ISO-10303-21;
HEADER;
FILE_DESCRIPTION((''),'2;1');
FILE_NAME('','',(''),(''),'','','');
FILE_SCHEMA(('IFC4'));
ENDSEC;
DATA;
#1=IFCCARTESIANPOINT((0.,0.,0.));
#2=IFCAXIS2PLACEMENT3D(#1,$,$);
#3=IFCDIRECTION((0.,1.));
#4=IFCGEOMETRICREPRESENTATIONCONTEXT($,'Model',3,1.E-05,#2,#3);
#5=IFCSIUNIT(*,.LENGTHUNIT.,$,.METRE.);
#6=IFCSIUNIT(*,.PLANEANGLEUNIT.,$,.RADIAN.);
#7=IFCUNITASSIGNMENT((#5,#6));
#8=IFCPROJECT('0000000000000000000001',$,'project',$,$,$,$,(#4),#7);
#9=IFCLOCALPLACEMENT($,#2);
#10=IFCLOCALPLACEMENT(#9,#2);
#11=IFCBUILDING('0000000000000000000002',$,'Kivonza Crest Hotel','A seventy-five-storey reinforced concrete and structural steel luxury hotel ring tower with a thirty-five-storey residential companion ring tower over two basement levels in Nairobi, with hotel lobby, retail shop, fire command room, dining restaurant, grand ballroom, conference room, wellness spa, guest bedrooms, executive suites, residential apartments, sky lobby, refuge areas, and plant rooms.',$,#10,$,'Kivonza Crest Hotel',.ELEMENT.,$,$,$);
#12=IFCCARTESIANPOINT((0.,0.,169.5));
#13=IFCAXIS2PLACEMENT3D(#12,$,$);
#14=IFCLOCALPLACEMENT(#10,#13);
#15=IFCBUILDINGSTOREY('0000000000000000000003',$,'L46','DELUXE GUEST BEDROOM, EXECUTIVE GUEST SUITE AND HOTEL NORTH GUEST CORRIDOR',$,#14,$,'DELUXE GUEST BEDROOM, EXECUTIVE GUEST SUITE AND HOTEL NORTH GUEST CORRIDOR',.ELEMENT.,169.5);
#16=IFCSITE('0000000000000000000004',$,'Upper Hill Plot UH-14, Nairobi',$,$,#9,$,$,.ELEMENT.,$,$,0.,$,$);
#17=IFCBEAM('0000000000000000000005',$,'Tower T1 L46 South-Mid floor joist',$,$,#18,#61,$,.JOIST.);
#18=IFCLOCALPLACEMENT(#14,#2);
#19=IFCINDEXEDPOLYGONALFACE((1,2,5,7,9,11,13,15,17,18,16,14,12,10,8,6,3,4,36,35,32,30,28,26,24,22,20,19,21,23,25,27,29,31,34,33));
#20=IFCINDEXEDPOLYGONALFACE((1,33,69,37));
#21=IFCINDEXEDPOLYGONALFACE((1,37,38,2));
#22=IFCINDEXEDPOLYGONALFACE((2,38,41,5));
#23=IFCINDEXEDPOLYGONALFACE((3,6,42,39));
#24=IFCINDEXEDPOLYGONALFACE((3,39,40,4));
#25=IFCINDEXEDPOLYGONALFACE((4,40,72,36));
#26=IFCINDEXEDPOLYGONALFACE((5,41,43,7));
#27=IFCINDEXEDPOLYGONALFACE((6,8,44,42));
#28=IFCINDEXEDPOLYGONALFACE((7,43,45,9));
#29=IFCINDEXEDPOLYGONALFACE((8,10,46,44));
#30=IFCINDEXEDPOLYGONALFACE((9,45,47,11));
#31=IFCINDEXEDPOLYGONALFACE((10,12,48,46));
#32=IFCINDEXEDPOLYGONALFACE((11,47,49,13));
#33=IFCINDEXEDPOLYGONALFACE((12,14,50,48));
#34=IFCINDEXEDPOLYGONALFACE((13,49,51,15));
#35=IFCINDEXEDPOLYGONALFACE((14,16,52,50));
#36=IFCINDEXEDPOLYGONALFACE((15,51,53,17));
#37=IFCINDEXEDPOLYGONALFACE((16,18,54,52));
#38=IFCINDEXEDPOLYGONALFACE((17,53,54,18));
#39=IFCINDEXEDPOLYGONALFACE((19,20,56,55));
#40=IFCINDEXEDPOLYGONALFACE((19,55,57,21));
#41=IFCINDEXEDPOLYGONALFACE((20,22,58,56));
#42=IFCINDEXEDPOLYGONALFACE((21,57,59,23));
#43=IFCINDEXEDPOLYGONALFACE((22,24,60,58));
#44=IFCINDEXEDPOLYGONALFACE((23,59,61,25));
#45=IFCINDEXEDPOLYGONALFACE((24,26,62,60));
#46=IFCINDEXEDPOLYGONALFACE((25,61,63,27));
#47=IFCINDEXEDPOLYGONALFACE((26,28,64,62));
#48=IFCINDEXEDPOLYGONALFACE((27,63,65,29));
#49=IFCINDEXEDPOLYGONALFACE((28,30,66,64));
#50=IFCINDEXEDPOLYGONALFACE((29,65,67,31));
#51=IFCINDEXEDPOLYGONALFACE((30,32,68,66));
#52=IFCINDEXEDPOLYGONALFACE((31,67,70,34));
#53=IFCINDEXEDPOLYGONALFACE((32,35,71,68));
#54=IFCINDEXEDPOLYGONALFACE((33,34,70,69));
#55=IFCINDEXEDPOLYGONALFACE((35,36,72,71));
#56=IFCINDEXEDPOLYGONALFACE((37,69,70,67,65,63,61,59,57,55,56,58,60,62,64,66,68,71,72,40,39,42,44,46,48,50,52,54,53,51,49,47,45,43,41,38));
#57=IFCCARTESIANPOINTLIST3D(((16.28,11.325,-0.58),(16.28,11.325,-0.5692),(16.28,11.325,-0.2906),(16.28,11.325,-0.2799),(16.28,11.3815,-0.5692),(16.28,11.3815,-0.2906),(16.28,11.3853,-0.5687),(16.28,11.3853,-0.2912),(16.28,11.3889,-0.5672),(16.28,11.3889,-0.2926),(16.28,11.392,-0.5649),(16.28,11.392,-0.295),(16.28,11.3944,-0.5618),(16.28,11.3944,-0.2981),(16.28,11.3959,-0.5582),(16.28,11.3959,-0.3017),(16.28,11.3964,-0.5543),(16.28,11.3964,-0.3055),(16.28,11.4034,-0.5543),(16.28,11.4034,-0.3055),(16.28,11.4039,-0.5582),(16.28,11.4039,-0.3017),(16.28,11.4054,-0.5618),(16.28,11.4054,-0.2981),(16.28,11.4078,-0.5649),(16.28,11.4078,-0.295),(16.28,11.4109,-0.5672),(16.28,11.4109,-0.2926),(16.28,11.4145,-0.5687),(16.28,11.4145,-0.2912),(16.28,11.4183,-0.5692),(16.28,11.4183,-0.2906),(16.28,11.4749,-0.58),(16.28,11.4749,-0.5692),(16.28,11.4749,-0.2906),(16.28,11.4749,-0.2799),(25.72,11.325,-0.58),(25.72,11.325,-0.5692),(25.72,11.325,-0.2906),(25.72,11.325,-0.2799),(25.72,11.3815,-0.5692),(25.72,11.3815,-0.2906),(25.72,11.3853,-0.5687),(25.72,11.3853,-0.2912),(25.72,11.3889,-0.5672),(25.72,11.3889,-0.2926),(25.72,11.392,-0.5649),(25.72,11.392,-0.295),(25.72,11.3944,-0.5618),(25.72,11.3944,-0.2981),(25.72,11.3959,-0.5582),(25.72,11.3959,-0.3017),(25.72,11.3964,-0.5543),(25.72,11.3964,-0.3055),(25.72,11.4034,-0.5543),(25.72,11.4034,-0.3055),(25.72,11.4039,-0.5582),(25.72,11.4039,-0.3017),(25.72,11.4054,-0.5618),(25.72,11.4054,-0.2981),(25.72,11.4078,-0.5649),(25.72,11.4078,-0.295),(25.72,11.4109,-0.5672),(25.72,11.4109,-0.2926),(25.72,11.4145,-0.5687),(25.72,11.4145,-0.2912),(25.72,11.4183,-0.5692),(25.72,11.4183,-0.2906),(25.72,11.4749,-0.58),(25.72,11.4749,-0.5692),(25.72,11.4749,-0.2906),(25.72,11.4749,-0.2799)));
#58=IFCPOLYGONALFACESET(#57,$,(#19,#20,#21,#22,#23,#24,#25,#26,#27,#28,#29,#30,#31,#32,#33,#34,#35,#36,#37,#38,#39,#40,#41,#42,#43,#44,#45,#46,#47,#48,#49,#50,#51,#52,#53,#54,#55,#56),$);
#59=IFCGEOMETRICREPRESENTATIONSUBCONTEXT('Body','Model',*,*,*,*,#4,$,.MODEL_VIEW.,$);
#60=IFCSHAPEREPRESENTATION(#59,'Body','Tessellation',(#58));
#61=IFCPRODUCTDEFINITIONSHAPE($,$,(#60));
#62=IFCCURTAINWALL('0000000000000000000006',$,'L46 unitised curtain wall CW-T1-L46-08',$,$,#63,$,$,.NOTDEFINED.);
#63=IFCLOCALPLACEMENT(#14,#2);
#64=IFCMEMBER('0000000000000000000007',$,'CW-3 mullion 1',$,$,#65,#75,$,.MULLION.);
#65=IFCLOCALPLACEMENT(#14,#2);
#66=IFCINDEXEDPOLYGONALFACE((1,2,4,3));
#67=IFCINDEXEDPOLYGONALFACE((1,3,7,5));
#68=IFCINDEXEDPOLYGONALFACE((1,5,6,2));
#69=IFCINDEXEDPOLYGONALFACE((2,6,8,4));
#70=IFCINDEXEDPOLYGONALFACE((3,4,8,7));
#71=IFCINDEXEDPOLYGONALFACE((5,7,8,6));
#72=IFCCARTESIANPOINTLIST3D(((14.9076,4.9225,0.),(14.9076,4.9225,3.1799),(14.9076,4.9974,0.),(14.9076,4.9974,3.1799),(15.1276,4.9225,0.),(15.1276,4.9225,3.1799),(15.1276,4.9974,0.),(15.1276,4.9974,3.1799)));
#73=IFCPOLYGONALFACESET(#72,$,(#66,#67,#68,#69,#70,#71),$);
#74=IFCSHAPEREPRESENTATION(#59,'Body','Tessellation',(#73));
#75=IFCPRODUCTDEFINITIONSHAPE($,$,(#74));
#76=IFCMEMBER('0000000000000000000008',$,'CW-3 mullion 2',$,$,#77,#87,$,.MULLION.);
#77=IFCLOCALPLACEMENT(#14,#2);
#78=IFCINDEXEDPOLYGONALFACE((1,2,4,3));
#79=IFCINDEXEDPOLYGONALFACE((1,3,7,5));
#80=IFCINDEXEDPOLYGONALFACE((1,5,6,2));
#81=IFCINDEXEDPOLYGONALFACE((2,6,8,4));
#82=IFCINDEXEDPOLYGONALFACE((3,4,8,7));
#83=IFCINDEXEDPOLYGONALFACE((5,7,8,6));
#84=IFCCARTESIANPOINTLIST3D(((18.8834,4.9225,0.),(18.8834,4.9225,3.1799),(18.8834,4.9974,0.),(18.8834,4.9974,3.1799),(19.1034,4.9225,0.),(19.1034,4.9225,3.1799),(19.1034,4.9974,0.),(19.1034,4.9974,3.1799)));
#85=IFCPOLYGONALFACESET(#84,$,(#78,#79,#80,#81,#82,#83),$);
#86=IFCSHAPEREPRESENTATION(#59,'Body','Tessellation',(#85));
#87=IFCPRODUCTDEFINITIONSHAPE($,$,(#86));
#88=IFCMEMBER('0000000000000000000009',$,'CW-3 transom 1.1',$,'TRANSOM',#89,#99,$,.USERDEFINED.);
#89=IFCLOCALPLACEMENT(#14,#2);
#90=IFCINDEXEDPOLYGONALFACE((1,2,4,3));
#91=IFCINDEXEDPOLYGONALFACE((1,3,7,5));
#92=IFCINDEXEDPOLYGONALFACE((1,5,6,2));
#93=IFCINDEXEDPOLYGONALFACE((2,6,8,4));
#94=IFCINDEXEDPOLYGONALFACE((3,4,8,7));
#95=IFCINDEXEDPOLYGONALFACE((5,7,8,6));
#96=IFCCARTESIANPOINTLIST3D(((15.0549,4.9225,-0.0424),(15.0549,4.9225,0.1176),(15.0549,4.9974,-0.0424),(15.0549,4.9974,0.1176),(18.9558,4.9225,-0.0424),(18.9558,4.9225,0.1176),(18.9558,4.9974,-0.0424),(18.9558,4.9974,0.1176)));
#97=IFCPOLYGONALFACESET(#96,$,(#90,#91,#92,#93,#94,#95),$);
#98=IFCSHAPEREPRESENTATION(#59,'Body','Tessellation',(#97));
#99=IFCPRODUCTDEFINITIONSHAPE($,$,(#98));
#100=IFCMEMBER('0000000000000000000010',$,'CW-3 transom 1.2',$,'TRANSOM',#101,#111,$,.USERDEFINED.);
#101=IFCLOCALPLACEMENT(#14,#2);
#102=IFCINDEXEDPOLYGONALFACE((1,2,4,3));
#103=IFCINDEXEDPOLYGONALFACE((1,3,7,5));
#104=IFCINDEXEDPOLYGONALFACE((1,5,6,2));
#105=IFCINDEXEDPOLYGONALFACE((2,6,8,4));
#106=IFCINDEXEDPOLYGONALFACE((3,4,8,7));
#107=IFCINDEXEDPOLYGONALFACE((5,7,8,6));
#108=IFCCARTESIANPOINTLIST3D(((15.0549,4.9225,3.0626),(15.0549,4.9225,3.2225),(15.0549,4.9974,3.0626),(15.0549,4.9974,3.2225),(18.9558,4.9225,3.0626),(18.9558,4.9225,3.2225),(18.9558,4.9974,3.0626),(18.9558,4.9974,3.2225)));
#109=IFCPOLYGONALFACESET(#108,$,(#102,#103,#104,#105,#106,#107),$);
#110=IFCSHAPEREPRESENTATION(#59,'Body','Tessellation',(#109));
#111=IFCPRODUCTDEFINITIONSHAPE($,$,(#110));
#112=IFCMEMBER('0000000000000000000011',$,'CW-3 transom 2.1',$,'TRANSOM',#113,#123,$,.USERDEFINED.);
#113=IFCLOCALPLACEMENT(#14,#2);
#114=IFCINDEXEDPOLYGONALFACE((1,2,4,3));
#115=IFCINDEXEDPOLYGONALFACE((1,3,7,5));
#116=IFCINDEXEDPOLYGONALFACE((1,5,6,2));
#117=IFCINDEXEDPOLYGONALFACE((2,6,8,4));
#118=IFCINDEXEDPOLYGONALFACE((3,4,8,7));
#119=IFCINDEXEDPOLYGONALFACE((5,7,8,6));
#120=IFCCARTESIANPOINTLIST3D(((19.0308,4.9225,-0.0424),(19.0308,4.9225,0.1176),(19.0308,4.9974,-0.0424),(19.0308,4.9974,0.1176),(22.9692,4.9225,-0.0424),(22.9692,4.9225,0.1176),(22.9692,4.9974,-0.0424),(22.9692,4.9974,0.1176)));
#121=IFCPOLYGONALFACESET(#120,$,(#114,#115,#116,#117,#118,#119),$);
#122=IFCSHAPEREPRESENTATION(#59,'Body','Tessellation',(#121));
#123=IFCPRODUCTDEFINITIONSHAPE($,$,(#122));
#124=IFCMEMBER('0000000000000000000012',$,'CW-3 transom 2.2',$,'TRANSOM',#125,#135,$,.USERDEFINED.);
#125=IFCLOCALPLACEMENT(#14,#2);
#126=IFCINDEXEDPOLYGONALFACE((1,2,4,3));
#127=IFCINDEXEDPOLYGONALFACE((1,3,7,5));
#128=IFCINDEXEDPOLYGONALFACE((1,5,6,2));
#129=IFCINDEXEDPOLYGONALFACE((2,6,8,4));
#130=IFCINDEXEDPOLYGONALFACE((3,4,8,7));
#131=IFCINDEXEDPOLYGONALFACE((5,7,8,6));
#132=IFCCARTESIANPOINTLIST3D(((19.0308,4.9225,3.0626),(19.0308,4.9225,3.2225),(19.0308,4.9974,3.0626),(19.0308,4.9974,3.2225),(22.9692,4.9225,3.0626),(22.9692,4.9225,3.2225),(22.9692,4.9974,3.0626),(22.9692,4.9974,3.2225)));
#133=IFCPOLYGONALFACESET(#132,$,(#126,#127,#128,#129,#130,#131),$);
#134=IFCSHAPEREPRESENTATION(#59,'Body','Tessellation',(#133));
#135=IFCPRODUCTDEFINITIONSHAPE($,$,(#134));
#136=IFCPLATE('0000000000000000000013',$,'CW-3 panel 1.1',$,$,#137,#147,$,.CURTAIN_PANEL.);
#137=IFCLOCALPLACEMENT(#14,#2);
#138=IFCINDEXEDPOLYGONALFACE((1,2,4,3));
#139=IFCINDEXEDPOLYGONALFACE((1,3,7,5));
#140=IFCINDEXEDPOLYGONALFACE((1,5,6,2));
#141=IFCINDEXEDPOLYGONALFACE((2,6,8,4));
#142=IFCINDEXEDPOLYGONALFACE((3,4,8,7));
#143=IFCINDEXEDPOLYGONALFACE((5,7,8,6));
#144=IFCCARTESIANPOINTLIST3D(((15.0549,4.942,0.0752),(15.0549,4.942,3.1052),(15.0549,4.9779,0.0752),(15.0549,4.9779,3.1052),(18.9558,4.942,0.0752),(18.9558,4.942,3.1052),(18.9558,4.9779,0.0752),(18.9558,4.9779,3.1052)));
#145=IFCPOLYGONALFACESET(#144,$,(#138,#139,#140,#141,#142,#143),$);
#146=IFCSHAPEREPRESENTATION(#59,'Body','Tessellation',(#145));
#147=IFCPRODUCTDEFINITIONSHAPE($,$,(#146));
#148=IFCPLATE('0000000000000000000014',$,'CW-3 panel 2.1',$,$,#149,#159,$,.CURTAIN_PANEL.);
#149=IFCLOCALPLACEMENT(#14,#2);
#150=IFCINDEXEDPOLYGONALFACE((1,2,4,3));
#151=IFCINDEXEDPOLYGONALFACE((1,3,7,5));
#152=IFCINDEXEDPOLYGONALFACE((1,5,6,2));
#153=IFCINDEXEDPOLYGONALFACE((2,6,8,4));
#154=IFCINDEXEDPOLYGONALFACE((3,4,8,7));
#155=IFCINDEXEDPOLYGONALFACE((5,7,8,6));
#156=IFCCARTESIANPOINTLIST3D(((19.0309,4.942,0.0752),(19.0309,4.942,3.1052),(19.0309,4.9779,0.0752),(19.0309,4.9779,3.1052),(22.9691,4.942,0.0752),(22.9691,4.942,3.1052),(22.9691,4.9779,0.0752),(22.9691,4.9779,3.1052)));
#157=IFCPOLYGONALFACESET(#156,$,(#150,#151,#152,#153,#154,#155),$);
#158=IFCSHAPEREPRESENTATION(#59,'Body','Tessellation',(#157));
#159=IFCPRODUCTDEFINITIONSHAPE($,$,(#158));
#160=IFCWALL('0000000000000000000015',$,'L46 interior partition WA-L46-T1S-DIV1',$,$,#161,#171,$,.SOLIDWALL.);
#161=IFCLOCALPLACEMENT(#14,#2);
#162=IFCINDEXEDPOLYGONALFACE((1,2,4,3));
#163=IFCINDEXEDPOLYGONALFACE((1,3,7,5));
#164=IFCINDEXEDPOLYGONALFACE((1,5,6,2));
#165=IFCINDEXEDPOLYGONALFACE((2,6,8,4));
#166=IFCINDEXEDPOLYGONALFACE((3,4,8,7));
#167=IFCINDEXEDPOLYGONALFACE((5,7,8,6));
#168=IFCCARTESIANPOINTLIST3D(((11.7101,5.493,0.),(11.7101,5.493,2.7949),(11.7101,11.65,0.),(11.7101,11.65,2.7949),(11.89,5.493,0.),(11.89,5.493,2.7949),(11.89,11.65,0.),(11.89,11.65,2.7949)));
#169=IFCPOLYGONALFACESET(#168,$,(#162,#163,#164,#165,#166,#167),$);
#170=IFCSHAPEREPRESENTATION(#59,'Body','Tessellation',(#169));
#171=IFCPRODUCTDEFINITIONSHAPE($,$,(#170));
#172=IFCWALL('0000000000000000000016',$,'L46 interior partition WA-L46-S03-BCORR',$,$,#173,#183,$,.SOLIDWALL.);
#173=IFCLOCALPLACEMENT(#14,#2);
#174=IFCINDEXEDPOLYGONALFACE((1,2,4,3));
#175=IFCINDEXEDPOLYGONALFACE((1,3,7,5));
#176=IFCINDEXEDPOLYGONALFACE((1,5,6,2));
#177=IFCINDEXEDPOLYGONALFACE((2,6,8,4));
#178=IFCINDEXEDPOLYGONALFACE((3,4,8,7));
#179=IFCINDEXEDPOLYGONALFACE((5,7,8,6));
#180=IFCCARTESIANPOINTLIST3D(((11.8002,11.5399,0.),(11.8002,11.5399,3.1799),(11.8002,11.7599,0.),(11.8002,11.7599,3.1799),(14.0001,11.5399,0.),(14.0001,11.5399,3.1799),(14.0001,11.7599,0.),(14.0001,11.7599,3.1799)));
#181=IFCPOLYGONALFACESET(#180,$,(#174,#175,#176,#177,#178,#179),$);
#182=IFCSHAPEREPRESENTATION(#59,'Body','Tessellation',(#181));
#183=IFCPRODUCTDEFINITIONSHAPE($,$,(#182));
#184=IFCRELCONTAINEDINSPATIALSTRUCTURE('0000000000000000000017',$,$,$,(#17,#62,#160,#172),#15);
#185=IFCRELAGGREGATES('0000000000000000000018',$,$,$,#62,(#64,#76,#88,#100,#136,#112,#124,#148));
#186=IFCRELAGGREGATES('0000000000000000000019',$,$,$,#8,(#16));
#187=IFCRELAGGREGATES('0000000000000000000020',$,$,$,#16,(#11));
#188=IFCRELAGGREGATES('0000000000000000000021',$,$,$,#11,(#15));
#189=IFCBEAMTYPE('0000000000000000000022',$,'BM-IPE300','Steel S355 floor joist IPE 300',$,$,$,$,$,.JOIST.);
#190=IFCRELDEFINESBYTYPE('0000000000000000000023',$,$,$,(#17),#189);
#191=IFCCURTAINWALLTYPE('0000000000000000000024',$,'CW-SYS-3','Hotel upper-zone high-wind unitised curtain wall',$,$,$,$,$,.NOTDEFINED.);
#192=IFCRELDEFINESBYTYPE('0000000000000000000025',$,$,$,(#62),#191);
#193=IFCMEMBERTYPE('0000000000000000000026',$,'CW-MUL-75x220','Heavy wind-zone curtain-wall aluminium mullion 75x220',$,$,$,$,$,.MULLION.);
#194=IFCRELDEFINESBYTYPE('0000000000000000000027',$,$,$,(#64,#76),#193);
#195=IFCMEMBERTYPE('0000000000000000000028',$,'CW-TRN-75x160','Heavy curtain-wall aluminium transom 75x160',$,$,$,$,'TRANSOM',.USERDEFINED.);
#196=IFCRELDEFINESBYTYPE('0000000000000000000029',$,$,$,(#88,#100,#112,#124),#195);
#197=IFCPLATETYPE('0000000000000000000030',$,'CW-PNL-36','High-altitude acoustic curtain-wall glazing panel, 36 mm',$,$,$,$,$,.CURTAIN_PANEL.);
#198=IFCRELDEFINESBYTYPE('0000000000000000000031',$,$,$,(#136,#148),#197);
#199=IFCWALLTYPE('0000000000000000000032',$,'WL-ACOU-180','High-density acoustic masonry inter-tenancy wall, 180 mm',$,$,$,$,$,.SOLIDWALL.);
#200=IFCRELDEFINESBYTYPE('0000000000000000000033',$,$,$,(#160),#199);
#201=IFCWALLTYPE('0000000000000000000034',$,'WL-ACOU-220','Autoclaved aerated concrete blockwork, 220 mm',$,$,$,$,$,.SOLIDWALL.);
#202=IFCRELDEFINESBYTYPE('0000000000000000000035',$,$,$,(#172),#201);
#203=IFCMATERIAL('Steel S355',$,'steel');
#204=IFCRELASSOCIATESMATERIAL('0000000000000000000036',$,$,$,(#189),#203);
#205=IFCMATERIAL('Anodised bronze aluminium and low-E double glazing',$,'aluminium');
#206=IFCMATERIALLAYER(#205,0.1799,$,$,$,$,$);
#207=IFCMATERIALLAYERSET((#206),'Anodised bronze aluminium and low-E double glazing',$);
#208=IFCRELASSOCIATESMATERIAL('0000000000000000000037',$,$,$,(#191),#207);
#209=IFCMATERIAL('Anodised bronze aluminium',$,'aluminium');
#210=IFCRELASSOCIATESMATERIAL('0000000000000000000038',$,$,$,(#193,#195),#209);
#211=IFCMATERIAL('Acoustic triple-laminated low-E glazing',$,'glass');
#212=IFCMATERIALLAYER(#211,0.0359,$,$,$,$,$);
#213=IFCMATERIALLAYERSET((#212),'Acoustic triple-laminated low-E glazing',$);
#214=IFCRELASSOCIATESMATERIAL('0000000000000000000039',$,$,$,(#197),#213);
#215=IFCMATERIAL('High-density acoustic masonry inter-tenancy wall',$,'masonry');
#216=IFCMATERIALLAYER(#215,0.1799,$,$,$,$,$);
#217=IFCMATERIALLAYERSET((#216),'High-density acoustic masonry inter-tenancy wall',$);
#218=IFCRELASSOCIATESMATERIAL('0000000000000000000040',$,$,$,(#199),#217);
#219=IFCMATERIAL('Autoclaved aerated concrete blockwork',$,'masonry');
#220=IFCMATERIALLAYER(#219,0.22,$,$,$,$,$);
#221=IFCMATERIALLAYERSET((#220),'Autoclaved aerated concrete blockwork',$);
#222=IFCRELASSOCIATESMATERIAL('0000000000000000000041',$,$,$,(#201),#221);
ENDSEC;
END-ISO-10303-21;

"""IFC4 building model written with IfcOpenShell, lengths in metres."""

from ifc_helpers import new_model, si_unit, direction, frame, frame_2d, origin, origin_2d, place, context, subcontext, project, spatial, rectangle, i_section, extrude, material, layer, layer_set, material_profile, profile_set, type_object, element, aggregate, save


model = new_model("IFC4")

# Units and contexts
model_context = context("Model", 3, precision=1e-05, world=origin(), true_north=direction((0.0, 1.0)))
body_context = subcontext(model_context, "Body", "Model", "MODEL_VIEW")
ifc_project = project(units=[si_unit("LENGTHUNIT", "METRE"), si_unit("PLANEANGLEUNIT", "RADIAN")], contexts=[model_context])

# Site, building, storey
site_placement = place(None, origin())
site = spatial("IfcSite", under=ifc_project, at=site_placement, Name="Upper Hill Plot UH-14, Nairobi", CompositionType="ELEMENT", RefElevation=0.0)
building_placement = place(site_placement, origin())
building = spatial("IfcBuilding", under=site, at=building_placement, Name="Kivonza Crest Hotel", Description="A seventy-five-storey reinforced concrete and structural steel luxury hotel ring tower with a thirty-five-storey residential companion ring tower over two basement levels in Nairobi, with hotel lobby, retail shop, fire command room, dining restaurant, grand ballroom, conference room, wellness spa, guest bedrooms, executive suites, residential apartments, sky lobby, refuge areas, and plant rooms.", LongName="Kivonza Crest Hotel", CompositionType="ELEMENT")
storey_placement = place(building_placement, frame((0.0, 0.0, 169.5)))
storey = spatial("IfcBuildingStorey", under=building, at=storey_placement, Name="L46", Description="DELUXE GUEST BEDROOM, EXECUTIVE GUEST SUITE AND HOTEL NORTH GUEST CORRIDOR", LongName="DELUXE GUEST BEDROOM, EXECUTIVE GUEST SUITE AND HOTEL NORTH GUEST CORRIDOR", CompositionType="ELEMENT", Elevation=169.5)

# Beam
ifc_material_1 = material(Name="Steel S355", Category="steel")
ifc_material_profile_1 = material_profile(ifc_material_1, i_section(OverallWidth=0.1499, OverallDepth=0.3, WebThickness=0.0071, FlangeThickness=0.0107, FilletRadius=0.0149, at=origin_2d()), Name="IPE 300")
ifc_profile_set_1 = profile_set([ifc_material_profile_1], Name="Steel S355")
beam_type_1 = type_object("IfcBeamType", Name="BM-IPE300", Description="Steel S355 floor joist IPE 300", PredefinedType="JOIST", material=ifc_profile_set_1)
beam_1_placement = place(storey_placement, frame((16.28, 11.3999, -0.4299), z_axis=(1.0, 0.0, 0.0), x_axis=(0.0, 1.0, 0.0)))
element("IfcBeam", 1, at=beam_1_placement, inside=storey, type_object=beam_type_1, Name="Tower T1 L46 South-Mid floor joist", PredefinedType="JOIST", context=body_context, shape_type="SweptSolid", body=[
    extrude(i_section(OverallWidth=0.1499, OverallDepth=0.3, WebThickness=0.0071, FlangeThickness=0.0107, FilletRadius=0.0149, at=origin_2d()), origin(), (0.0, 0.0, 1.0), 9.4399),
])

# Curtain wall, members, plates
ifc_material_2 = material(Name="Anodised bronze aluminium and low-E double glazing", Category="aluminium")
ifc_layer_1 = layer(ifc_material_2, 0.1799)
ifc_layer_set_1 = layer_set([ifc_layer_1], Name="Anodised bronze aluminium and low-E double glazing")
curtain_wall_type = type_object("IfcCurtainWallType", Name="CW-SYS-3", Description="Hotel upper-zone high-wind unitised curtain wall", PredefinedType="NOTDEFINED", material=ifc_layer_set_1)
curtain_wall_placement = place(storey_placement, origin())
curtain_wall = element("IfcCurtainWall", 2, at=curtain_wall_placement, inside=storey, type_object=curtain_wall_type, Name="L46 unitised curtain wall CW-T1-L46-08", PredefinedType="NOTDEFINED")
ifc_material_3 = material(Name="Anodised bronze aluminium", Category="aluminium")
ifc_material_profile_2 = material_profile(ifc_material_3, rectangle(XDim=0.075, YDim=0.22, at=origin_2d()), Name="CW-M 75x220")
ifc_profile_set_2 = profile_set([ifc_material_profile_2], Name="Anodised bronze aluminium")
member_type_1 = type_object("IfcMemberType", Name="CW-MUL-75x220", Description="Heavy wind-zone curtain-wall aluminium mullion 75x220", PredefinedType="MULLION", material=ifc_profile_set_2)
member_1_placement = place(storey_placement, frame((15.0176, 4.96, 0.0), z_axis=(0.0, 0.0, 1.0), x_axis=(0.0, 1.0, 0.0)))
member_1 = element("IfcMember", 3, at=member_1_placement, type_object=member_type_1, Name="CW-3 mullion 1", PredefinedType="MULLION", context=body_context, shape_type="SweptSolid", body=[
    extrude(rectangle(XDim=0.075, YDim=0.22, at=origin_2d()), origin(), (0.0, 0.0, 1.0), 3.1799),
])
member_2_placement = place(storey_placement, frame((18.9934, 4.96, 0.0), z_axis=(0.0, 0.0, 1.0), x_axis=(0.0, 1.0, 0.0)))
member_2 = element("IfcMember", 4, at=member_2_placement, type_object=member_type_1, Name="CW-3 mullion 2", PredefinedType="MULLION", context=body_context, shape_type="SweptSolid", body=[
    extrude(rectangle(XDim=0.075, YDim=0.22, at=origin_2d()), origin(), (0.0, 0.0, 1.0), 3.1799),
])
ifc_material_profile_3 = material_profile(ifc_material_3, rectangle(XDim=0.075, YDim=0.1599, at=origin_2d()), Name="CW-T 75x160")
ifc_profile_set_3 = profile_set([ifc_material_profile_3], Name="Anodised bronze aluminium")
member_type_2 = type_object("IfcMemberType", Name="CW-TRN-75x160", Description="Heavy curtain-wall aluminium transom 75x160", ElementType="TRANSOM", PredefinedType="USERDEFINED", material=ifc_profile_set_3)
member_3_placement = place(storey_placement, frame((15.0549, 4.96, 0.0376), z_axis=(1.0, 0.0, 0.0), x_axis=(0.0, 1.0, 0.0)))
member_3 = element("IfcMember", 5, at=member_3_placement, type_object=member_type_2, Name="CW-3 transom 1.1", ObjectType="TRANSOM", PredefinedType="USERDEFINED", context=body_context, shape_type="SweptSolid", body=[
    extrude(rectangle(XDim=0.075, YDim=0.1599, at=origin_2d()), origin(), (0.0, 0.0, 1.0), 3.9009),
])
member_4_placement = place(storey_placement, frame((15.0549, 4.96, 3.1426), z_axis=(1.0, 0.0, 0.0), x_axis=(0.0, 1.0, 0.0)))
member_4 = element("IfcMember", 6, at=member_4_placement, type_object=member_type_2, Name="CW-3 transom 1.2", ObjectType="TRANSOM", PredefinedType="USERDEFINED", context=body_context, shape_type="SweptSolid", body=[
    extrude(rectangle(XDim=0.075, YDim=0.1599, at=origin_2d()), origin(), (0.0, 0.0, 1.0), 3.9009),
])
member_5_placement = place(storey_placement, frame((19.0308, 4.96, 0.0376), z_axis=(1.0, 0.0, 0.0), x_axis=(0.0, 1.0, 0.0)))
member_5 = element("IfcMember", 7, at=member_5_placement, type_object=member_type_2, Name="CW-3 transom 2.1", ObjectType="TRANSOM", PredefinedType="USERDEFINED", context=body_context, shape_type="SweptSolid", body=[
    extrude(rectangle(XDim=0.075, YDim=0.1599, at=origin_2d()), origin(), (0.0, 0.0, 1.0), 3.9385),
])
member_6_placement = place(storey_placement, frame((19.0308, 4.96, 3.1426), z_axis=(1.0, 0.0, 0.0), x_axis=(0.0, 1.0, 0.0)))
member_6 = element("IfcMember", 8, at=member_6_placement, type_object=member_type_2, Name="CW-3 transom 2.2", ObjectType="TRANSOM", PredefinedType="USERDEFINED", context=body_context, shape_type="SweptSolid", body=[
    extrude(rectangle(XDim=0.075, YDim=0.1599, at=origin_2d()), origin(), (0.0, 0.0, 1.0), 3.9385),
])
ifc_material_4 = material(Name="Acoustic triple-laminated low-E glazing", Category="glass")
ifc_layer_2 = layer(ifc_material_4, 0.0359)
ifc_layer_set_2 = layer_set([ifc_layer_2], Name="Acoustic triple-laminated low-E glazing")
plate_type = type_object("IfcPlateType", Name="CW-PNL-36", Description="High-altitude acoustic curtain-wall glazing panel, 36 mm", PredefinedType="CURTAIN_PANEL", material=ifc_layer_set_2)
plate_1_placement = place(storey_placement, frame((17.0054, 4.96, 0.0752), z_axis=(0.0, 0.0, 1.0), x_axis=(1.0, 0.0, 0.0)))
plate_1 = element("IfcPlate", 9, at=plate_1_placement, type_object=plate_type, Name="CW-3 panel 1.1", PredefinedType="CURTAIN_PANEL", context=body_context, shape_type="SweptSolid", body=[
    extrude(rectangle(XDim=3.9009, YDim=0.0359, at=origin_2d()), origin(), (0.0, 0.0, 1.0), 3.03),
])
plate_2_placement = place(storey_placement, frame((21.0, 4.96, 0.0752), z_axis=(0.0, 0.0, 1.0), x_axis=(1.0, 0.0, 0.0)))
plate_2 = element("IfcPlate", 10, at=plate_2_placement, type_object=plate_type, Name="CW-3 panel 2.1", PredefinedType="CURTAIN_PANEL", context=body_context, shape_type="SweptSolid", body=[
    extrude(rectangle(XDim=3.9382, YDim=0.0359, at=origin_2d()), origin(), (0.0, 0.0, 1.0), 3.03),
])
aggregate(curtain_wall, [member_1, member_2, member_3, member_4, plate_1, member_5, member_6, plate_2])

# Walls
ifc_material_5 = material(Name="High-density acoustic masonry inter-tenancy wall", Category="masonry")
ifc_layer_3 = layer(ifc_material_5, 0.1799)
ifc_layer_set_3 = layer_set([ifc_layer_3], Name="High-density acoustic masonry inter-tenancy wall")
wall_type_1 = type_object("IfcWallType", Name="WL-ACOU-180", Description="High-density acoustic masonry inter-tenancy wall, 180 mm", PredefinedType="SOLIDWALL", material=ifc_layer_set_3)
wall_1_placement = place(storey_placement, frame((11.8, 5.4929, 0.0), z_axis=(0.0, 0.0, 1.0), x_axis=(0.0, 1.0, 0.0)))
element("IfcWall", 11, at=wall_1_placement, inside=storey, type_object=wall_type_1, Name="L46 interior partition WA-L46-T1S-DIV1", PredefinedType="SOLIDWALL", context=body_context, shape_type="SweptSolid", body=[
    extrude(rectangle(XDim=6.157, YDim=0.1799, at=frame_2d((3.0786, 0.0))), origin(), (0.0, 0.0, 1.0), 2.7949),
])
ifc_material_6 = material(Name="Autoclaved aerated concrete blockwork", Category="masonry")
ifc_layer_4 = layer(ifc_material_6, 0.22)
ifc_layer_set_4 = layer_set([ifc_layer_4], Name="Autoclaved aerated concrete blockwork")
wall_type_2 = type_object("IfcWallType", Name="WL-ACOU-220", Description="Autoclaved aerated concrete blockwork, 220 mm", PredefinedType="SOLIDWALL", material=ifc_layer_set_4)
wall_2_placement = place(storey_placement, frame((11.8, 11.6499, 0.0), z_axis=(0.0, 0.0, 1.0), x_axis=(1.0, 0.0, 0.0)))
element("IfcWall", 12, at=wall_2_placement, inside=storey, type_object=wall_type_2, Name="L46 interior partition WA-L46-S03-BCORR", PredefinedType="SOLIDWALL", context=body_context, shape_type="SweptSolid", body=[
    extrude(rectangle(XDim=2.2, YDim=0.22, at=frame_2d((1.1001, 0.0))), origin(), (0.0, 0.0, 1.0), 3.1799),
])

save(model, "model.ifc")
